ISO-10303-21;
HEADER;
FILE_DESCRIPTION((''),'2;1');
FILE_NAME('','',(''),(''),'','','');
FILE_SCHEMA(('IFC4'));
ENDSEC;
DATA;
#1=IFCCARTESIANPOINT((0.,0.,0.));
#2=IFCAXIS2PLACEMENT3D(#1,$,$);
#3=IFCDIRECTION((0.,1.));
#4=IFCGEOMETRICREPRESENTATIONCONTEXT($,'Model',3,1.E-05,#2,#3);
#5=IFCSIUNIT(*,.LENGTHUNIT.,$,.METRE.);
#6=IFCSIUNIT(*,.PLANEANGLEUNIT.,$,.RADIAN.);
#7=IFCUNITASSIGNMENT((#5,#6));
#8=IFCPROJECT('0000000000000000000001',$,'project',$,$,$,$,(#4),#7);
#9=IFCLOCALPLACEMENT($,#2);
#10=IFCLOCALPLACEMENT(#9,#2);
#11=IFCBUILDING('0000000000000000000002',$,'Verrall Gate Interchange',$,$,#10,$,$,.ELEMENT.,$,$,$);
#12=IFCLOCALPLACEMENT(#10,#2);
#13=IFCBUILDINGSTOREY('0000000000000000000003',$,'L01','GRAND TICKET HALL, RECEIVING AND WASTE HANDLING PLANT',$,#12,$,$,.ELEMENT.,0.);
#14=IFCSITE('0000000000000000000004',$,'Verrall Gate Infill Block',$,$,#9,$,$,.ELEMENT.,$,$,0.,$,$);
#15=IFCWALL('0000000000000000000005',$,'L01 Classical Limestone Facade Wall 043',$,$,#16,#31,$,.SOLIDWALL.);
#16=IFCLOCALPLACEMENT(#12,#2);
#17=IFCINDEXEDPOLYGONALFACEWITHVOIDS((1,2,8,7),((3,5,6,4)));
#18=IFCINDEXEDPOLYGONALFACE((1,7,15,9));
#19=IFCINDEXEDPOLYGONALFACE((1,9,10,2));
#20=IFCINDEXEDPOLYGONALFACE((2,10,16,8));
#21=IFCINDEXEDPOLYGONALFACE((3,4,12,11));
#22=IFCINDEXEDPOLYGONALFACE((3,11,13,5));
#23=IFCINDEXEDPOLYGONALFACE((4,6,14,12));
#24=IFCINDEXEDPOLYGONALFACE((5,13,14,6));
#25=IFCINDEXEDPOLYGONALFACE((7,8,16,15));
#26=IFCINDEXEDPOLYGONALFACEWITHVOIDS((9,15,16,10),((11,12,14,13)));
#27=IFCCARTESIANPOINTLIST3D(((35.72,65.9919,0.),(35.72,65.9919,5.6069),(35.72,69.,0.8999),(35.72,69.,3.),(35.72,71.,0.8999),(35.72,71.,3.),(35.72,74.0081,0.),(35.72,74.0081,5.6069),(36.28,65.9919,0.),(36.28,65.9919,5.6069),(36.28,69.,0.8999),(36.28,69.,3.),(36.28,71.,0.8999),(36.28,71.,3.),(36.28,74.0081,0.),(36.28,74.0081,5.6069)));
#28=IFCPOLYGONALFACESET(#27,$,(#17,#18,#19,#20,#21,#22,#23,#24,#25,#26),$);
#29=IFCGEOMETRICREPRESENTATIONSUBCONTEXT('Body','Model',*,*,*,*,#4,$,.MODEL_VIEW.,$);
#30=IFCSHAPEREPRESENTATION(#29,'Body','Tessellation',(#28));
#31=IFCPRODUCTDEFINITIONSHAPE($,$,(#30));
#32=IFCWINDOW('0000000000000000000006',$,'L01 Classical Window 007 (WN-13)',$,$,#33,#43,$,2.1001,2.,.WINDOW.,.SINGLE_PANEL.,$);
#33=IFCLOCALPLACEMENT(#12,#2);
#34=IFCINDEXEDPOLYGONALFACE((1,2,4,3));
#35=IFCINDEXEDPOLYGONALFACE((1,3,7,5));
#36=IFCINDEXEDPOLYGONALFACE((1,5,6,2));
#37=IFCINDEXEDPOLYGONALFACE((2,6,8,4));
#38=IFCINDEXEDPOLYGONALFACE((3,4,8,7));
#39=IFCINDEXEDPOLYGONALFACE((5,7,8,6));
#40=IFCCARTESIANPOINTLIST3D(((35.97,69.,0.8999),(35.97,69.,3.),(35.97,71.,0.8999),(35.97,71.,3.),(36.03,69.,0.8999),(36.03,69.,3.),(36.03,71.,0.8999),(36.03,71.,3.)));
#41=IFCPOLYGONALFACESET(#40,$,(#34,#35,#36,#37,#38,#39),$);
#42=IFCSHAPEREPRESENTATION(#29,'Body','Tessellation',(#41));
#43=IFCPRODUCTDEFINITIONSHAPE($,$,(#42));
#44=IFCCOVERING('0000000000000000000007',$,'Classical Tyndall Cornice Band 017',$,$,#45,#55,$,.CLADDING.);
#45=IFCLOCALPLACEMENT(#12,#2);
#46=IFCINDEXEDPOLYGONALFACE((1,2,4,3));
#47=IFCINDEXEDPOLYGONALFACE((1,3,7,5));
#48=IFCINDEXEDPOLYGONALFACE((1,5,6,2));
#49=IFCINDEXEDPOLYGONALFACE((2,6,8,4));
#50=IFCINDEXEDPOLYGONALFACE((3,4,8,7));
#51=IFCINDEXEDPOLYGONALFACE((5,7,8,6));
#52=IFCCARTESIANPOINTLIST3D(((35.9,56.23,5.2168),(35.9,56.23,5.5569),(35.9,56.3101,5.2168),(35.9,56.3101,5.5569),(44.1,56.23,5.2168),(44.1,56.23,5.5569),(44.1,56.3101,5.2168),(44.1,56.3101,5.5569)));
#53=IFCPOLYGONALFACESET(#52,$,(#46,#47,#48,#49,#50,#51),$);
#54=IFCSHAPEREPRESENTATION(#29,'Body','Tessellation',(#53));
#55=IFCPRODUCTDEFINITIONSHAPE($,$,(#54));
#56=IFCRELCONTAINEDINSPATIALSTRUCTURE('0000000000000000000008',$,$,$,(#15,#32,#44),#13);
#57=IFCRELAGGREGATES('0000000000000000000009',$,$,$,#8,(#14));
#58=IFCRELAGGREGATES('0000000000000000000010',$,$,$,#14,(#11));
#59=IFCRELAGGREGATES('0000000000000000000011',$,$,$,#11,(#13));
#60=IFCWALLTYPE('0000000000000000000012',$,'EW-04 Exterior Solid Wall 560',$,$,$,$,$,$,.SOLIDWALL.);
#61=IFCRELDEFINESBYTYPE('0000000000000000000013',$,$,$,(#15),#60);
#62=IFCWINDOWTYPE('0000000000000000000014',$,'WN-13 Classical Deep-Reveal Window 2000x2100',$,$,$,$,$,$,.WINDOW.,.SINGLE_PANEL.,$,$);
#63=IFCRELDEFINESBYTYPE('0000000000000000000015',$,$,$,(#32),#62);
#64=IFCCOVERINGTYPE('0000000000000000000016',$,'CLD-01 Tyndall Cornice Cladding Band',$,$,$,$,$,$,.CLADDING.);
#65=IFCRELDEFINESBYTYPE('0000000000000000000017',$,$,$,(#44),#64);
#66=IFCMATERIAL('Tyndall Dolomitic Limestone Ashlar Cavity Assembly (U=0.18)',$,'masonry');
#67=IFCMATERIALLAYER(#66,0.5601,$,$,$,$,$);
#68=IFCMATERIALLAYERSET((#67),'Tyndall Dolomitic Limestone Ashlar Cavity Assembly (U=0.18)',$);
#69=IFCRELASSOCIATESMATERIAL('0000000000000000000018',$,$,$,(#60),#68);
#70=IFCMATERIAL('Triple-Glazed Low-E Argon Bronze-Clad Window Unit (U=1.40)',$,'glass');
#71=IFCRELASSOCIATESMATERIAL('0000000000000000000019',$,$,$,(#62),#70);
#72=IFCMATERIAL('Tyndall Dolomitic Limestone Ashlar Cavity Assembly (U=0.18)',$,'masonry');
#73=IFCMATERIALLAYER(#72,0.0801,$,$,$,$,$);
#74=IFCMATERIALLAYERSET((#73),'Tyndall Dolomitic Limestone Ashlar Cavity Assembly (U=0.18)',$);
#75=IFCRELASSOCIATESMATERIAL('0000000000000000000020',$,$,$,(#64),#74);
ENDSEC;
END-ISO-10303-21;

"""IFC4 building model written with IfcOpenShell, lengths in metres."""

from ifc_helpers import new_model, si_unit, direction, frame, frame_2d, origin, origin_2d, place, context, subcontext, project, spatial, rectangle, extrude, material, layer, layer_set, type_object, element, fill, save


model = new_model("IFC4")

# Units and contexts
model_context = context("Model", 3, precision=1e-05, world=origin(), true_north=direction((0.0, 1.0)))
body_context = subcontext(model_context, "Body", "Model", "MODEL_VIEW")
ifc_project = project(units=[si_unit("LENGTHUNIT", "METRE"), si_unit("PLANEANGLEUNIT", "RADIAN")], contexts=[model_context])

# Site, building, storey
site_placement = place(None, origin())
site = spatial("IfcSite", under=ifc_project, at=site_placement, Name="Verrall Gate Infill Block", CompositionType="ELEMENT", RefElevation=0.0)
building_placement = place(site_placement, origin())
building = spatial("IfcBuilding", under=site, at=building_placement, Name="Verrall Gate Interchange", CompositionType="ELEMENT")
storey_placement = place(building_placement, origin())
storey = spatial("IfcBuildingStorey", under=building, at=storey_placement, Name="L01", Description="GRAND TICKET HALL, RECEIVING AND WASTE HANDLING PLANT", CompositionType="ELEMENT", Elevation=0.0)

# Wall, opening, window
ifc_material_1 = material(Name="Tyndall Dolomitic Limestone Ashlar Cavity Assembly (U=0.18)", Category="masonry")
ifc_layer_1 = layer(ifc_material_1, 0.5601)
ifc_layer_set_1 = layer_set([ifc_layer_1], Name="Tyndall Dolomitic Limestone Ashlar Cavity Assembly (U=0.18)")
wall_type = type_object("IfcWallType", Name="EW-04 Exterior Solid Wall 560", PredefinedType="SOLIDWALL", material=ifc_layer_set_1)
wall_placement = place(storey_placement, frame((36.0, 65.9919, 0.0), z_axis=(0.0, 0.0, 1.0), x_axis=(0.0, 1.0, 0.0)))
wall = element("IfcWall", 1, at=wall_placement, inside=storey, type_object=wall_type, Name="L01 Classical Limestone Facade Wall 043", PredefinedType="SOLIDWALL", context=body_context, shape_type="SweptSolid", body=[
    extrude(rectangle(XDim=8.0161, YDim=0.5601, at=frame_2d((4.0081, 0.0))), origin(), (0.0, 0.0, 1.0), 5.6069),
])
opening_placement = place(wall_placement, frame((3.0081, 0.0, 0.8999)))
opening = element("IfcOpeningElement", 2, at=opening_placement, cuts=wall, PredefinedType="OPENING", context=body_context, shape_type="SweptSolid", body=[
    extrude(rectangle(XDim=2.0, YDim=2.1001, at=frame_2d((1.0, 1.05))), frame((0.0, 0.2949, 0.0), z_axis=(0.0, -1.0, 0.0), x_axis=(1.0, 0.0, 0.0)), (0.0, 0.0, 1.0), 0.5898),
])
ifc_material_2 = material(Name="Triple-Glazed Low-E Argon Bronze-Clad Window Unit (U=1.40)", Category="glass")
window_type = type_object("IfcWindowType", Name="WN-13 Classical Deep-Reveal Window 2000x2100", PartitioningType="SINGLE_PANEL", PredefinedType="WINDOW", material=ifc_material_2)
window_placement = place(opening_placement, origin())
window = element("IfcWindow", 3, at=window_placement, inside=storey, type_object=window_type, Name="L01 Classical Window 007 (WN-13)", OverallHeight=2.1001, OverallWidth=2.0, PartitioningType="SINGLE_PANEL", PredefinedType="WINDOW", context=body_context, shape_type="SweptSolid", body=[
    extrude(rectangle(XDim=2.0, YDim=2.1001, at=frame_2d((1.0, 1.05))), frame((0.0, 0.03, 0.0), z_axis=(0.0, -1.0, 0.0), x_axis=(1.0, 0.0, 0.0)), (0.0, 0.0, 1.0), 0.0601),
])
fill(opening, window)

# Covering
ifc_material_3 = material(Name="Tyndall Dolomitic Limestone Ashlar Cavity Assembly (U=0.18)", Category="masonry")
ifc_layer_2 = layer(ifc_material_3, 0.0801)
ifc_layer_set_2 = layer_set([ifc_layer_2], Name="Tyndall Dolomitic Limestone Ashlar Cavity Assembly (U=0.18)")
covering_type = type_object("IfcCoveringType", Name="CLD-01 Tyndall Cornice Cladding Band", PredefinedType="CLADDING", material=ifc_layer_set_2)
covering_placement = place(storey_placement, frame((40.0, 56.27, 5.2168), z_axis=(0.0, 0.0, 1.0), x_axis=(-1.0, 0.0, 0.0)))
element("IfcCovering", 4, at=covering_placement, inside=storey, type_object=covering_type, Name="Classical Tyndall Cornice Band 017", PredefinedType="CLADDING", context=body_context, shape_type="SweptSolid", body=[
    extrude(rectangle(XDim=8.2, YDim=0.0801, at=origin_2d()), origin(), (0.0, 0.0, 1.0), 0.3401),
])

save(model, "model.ifc")
